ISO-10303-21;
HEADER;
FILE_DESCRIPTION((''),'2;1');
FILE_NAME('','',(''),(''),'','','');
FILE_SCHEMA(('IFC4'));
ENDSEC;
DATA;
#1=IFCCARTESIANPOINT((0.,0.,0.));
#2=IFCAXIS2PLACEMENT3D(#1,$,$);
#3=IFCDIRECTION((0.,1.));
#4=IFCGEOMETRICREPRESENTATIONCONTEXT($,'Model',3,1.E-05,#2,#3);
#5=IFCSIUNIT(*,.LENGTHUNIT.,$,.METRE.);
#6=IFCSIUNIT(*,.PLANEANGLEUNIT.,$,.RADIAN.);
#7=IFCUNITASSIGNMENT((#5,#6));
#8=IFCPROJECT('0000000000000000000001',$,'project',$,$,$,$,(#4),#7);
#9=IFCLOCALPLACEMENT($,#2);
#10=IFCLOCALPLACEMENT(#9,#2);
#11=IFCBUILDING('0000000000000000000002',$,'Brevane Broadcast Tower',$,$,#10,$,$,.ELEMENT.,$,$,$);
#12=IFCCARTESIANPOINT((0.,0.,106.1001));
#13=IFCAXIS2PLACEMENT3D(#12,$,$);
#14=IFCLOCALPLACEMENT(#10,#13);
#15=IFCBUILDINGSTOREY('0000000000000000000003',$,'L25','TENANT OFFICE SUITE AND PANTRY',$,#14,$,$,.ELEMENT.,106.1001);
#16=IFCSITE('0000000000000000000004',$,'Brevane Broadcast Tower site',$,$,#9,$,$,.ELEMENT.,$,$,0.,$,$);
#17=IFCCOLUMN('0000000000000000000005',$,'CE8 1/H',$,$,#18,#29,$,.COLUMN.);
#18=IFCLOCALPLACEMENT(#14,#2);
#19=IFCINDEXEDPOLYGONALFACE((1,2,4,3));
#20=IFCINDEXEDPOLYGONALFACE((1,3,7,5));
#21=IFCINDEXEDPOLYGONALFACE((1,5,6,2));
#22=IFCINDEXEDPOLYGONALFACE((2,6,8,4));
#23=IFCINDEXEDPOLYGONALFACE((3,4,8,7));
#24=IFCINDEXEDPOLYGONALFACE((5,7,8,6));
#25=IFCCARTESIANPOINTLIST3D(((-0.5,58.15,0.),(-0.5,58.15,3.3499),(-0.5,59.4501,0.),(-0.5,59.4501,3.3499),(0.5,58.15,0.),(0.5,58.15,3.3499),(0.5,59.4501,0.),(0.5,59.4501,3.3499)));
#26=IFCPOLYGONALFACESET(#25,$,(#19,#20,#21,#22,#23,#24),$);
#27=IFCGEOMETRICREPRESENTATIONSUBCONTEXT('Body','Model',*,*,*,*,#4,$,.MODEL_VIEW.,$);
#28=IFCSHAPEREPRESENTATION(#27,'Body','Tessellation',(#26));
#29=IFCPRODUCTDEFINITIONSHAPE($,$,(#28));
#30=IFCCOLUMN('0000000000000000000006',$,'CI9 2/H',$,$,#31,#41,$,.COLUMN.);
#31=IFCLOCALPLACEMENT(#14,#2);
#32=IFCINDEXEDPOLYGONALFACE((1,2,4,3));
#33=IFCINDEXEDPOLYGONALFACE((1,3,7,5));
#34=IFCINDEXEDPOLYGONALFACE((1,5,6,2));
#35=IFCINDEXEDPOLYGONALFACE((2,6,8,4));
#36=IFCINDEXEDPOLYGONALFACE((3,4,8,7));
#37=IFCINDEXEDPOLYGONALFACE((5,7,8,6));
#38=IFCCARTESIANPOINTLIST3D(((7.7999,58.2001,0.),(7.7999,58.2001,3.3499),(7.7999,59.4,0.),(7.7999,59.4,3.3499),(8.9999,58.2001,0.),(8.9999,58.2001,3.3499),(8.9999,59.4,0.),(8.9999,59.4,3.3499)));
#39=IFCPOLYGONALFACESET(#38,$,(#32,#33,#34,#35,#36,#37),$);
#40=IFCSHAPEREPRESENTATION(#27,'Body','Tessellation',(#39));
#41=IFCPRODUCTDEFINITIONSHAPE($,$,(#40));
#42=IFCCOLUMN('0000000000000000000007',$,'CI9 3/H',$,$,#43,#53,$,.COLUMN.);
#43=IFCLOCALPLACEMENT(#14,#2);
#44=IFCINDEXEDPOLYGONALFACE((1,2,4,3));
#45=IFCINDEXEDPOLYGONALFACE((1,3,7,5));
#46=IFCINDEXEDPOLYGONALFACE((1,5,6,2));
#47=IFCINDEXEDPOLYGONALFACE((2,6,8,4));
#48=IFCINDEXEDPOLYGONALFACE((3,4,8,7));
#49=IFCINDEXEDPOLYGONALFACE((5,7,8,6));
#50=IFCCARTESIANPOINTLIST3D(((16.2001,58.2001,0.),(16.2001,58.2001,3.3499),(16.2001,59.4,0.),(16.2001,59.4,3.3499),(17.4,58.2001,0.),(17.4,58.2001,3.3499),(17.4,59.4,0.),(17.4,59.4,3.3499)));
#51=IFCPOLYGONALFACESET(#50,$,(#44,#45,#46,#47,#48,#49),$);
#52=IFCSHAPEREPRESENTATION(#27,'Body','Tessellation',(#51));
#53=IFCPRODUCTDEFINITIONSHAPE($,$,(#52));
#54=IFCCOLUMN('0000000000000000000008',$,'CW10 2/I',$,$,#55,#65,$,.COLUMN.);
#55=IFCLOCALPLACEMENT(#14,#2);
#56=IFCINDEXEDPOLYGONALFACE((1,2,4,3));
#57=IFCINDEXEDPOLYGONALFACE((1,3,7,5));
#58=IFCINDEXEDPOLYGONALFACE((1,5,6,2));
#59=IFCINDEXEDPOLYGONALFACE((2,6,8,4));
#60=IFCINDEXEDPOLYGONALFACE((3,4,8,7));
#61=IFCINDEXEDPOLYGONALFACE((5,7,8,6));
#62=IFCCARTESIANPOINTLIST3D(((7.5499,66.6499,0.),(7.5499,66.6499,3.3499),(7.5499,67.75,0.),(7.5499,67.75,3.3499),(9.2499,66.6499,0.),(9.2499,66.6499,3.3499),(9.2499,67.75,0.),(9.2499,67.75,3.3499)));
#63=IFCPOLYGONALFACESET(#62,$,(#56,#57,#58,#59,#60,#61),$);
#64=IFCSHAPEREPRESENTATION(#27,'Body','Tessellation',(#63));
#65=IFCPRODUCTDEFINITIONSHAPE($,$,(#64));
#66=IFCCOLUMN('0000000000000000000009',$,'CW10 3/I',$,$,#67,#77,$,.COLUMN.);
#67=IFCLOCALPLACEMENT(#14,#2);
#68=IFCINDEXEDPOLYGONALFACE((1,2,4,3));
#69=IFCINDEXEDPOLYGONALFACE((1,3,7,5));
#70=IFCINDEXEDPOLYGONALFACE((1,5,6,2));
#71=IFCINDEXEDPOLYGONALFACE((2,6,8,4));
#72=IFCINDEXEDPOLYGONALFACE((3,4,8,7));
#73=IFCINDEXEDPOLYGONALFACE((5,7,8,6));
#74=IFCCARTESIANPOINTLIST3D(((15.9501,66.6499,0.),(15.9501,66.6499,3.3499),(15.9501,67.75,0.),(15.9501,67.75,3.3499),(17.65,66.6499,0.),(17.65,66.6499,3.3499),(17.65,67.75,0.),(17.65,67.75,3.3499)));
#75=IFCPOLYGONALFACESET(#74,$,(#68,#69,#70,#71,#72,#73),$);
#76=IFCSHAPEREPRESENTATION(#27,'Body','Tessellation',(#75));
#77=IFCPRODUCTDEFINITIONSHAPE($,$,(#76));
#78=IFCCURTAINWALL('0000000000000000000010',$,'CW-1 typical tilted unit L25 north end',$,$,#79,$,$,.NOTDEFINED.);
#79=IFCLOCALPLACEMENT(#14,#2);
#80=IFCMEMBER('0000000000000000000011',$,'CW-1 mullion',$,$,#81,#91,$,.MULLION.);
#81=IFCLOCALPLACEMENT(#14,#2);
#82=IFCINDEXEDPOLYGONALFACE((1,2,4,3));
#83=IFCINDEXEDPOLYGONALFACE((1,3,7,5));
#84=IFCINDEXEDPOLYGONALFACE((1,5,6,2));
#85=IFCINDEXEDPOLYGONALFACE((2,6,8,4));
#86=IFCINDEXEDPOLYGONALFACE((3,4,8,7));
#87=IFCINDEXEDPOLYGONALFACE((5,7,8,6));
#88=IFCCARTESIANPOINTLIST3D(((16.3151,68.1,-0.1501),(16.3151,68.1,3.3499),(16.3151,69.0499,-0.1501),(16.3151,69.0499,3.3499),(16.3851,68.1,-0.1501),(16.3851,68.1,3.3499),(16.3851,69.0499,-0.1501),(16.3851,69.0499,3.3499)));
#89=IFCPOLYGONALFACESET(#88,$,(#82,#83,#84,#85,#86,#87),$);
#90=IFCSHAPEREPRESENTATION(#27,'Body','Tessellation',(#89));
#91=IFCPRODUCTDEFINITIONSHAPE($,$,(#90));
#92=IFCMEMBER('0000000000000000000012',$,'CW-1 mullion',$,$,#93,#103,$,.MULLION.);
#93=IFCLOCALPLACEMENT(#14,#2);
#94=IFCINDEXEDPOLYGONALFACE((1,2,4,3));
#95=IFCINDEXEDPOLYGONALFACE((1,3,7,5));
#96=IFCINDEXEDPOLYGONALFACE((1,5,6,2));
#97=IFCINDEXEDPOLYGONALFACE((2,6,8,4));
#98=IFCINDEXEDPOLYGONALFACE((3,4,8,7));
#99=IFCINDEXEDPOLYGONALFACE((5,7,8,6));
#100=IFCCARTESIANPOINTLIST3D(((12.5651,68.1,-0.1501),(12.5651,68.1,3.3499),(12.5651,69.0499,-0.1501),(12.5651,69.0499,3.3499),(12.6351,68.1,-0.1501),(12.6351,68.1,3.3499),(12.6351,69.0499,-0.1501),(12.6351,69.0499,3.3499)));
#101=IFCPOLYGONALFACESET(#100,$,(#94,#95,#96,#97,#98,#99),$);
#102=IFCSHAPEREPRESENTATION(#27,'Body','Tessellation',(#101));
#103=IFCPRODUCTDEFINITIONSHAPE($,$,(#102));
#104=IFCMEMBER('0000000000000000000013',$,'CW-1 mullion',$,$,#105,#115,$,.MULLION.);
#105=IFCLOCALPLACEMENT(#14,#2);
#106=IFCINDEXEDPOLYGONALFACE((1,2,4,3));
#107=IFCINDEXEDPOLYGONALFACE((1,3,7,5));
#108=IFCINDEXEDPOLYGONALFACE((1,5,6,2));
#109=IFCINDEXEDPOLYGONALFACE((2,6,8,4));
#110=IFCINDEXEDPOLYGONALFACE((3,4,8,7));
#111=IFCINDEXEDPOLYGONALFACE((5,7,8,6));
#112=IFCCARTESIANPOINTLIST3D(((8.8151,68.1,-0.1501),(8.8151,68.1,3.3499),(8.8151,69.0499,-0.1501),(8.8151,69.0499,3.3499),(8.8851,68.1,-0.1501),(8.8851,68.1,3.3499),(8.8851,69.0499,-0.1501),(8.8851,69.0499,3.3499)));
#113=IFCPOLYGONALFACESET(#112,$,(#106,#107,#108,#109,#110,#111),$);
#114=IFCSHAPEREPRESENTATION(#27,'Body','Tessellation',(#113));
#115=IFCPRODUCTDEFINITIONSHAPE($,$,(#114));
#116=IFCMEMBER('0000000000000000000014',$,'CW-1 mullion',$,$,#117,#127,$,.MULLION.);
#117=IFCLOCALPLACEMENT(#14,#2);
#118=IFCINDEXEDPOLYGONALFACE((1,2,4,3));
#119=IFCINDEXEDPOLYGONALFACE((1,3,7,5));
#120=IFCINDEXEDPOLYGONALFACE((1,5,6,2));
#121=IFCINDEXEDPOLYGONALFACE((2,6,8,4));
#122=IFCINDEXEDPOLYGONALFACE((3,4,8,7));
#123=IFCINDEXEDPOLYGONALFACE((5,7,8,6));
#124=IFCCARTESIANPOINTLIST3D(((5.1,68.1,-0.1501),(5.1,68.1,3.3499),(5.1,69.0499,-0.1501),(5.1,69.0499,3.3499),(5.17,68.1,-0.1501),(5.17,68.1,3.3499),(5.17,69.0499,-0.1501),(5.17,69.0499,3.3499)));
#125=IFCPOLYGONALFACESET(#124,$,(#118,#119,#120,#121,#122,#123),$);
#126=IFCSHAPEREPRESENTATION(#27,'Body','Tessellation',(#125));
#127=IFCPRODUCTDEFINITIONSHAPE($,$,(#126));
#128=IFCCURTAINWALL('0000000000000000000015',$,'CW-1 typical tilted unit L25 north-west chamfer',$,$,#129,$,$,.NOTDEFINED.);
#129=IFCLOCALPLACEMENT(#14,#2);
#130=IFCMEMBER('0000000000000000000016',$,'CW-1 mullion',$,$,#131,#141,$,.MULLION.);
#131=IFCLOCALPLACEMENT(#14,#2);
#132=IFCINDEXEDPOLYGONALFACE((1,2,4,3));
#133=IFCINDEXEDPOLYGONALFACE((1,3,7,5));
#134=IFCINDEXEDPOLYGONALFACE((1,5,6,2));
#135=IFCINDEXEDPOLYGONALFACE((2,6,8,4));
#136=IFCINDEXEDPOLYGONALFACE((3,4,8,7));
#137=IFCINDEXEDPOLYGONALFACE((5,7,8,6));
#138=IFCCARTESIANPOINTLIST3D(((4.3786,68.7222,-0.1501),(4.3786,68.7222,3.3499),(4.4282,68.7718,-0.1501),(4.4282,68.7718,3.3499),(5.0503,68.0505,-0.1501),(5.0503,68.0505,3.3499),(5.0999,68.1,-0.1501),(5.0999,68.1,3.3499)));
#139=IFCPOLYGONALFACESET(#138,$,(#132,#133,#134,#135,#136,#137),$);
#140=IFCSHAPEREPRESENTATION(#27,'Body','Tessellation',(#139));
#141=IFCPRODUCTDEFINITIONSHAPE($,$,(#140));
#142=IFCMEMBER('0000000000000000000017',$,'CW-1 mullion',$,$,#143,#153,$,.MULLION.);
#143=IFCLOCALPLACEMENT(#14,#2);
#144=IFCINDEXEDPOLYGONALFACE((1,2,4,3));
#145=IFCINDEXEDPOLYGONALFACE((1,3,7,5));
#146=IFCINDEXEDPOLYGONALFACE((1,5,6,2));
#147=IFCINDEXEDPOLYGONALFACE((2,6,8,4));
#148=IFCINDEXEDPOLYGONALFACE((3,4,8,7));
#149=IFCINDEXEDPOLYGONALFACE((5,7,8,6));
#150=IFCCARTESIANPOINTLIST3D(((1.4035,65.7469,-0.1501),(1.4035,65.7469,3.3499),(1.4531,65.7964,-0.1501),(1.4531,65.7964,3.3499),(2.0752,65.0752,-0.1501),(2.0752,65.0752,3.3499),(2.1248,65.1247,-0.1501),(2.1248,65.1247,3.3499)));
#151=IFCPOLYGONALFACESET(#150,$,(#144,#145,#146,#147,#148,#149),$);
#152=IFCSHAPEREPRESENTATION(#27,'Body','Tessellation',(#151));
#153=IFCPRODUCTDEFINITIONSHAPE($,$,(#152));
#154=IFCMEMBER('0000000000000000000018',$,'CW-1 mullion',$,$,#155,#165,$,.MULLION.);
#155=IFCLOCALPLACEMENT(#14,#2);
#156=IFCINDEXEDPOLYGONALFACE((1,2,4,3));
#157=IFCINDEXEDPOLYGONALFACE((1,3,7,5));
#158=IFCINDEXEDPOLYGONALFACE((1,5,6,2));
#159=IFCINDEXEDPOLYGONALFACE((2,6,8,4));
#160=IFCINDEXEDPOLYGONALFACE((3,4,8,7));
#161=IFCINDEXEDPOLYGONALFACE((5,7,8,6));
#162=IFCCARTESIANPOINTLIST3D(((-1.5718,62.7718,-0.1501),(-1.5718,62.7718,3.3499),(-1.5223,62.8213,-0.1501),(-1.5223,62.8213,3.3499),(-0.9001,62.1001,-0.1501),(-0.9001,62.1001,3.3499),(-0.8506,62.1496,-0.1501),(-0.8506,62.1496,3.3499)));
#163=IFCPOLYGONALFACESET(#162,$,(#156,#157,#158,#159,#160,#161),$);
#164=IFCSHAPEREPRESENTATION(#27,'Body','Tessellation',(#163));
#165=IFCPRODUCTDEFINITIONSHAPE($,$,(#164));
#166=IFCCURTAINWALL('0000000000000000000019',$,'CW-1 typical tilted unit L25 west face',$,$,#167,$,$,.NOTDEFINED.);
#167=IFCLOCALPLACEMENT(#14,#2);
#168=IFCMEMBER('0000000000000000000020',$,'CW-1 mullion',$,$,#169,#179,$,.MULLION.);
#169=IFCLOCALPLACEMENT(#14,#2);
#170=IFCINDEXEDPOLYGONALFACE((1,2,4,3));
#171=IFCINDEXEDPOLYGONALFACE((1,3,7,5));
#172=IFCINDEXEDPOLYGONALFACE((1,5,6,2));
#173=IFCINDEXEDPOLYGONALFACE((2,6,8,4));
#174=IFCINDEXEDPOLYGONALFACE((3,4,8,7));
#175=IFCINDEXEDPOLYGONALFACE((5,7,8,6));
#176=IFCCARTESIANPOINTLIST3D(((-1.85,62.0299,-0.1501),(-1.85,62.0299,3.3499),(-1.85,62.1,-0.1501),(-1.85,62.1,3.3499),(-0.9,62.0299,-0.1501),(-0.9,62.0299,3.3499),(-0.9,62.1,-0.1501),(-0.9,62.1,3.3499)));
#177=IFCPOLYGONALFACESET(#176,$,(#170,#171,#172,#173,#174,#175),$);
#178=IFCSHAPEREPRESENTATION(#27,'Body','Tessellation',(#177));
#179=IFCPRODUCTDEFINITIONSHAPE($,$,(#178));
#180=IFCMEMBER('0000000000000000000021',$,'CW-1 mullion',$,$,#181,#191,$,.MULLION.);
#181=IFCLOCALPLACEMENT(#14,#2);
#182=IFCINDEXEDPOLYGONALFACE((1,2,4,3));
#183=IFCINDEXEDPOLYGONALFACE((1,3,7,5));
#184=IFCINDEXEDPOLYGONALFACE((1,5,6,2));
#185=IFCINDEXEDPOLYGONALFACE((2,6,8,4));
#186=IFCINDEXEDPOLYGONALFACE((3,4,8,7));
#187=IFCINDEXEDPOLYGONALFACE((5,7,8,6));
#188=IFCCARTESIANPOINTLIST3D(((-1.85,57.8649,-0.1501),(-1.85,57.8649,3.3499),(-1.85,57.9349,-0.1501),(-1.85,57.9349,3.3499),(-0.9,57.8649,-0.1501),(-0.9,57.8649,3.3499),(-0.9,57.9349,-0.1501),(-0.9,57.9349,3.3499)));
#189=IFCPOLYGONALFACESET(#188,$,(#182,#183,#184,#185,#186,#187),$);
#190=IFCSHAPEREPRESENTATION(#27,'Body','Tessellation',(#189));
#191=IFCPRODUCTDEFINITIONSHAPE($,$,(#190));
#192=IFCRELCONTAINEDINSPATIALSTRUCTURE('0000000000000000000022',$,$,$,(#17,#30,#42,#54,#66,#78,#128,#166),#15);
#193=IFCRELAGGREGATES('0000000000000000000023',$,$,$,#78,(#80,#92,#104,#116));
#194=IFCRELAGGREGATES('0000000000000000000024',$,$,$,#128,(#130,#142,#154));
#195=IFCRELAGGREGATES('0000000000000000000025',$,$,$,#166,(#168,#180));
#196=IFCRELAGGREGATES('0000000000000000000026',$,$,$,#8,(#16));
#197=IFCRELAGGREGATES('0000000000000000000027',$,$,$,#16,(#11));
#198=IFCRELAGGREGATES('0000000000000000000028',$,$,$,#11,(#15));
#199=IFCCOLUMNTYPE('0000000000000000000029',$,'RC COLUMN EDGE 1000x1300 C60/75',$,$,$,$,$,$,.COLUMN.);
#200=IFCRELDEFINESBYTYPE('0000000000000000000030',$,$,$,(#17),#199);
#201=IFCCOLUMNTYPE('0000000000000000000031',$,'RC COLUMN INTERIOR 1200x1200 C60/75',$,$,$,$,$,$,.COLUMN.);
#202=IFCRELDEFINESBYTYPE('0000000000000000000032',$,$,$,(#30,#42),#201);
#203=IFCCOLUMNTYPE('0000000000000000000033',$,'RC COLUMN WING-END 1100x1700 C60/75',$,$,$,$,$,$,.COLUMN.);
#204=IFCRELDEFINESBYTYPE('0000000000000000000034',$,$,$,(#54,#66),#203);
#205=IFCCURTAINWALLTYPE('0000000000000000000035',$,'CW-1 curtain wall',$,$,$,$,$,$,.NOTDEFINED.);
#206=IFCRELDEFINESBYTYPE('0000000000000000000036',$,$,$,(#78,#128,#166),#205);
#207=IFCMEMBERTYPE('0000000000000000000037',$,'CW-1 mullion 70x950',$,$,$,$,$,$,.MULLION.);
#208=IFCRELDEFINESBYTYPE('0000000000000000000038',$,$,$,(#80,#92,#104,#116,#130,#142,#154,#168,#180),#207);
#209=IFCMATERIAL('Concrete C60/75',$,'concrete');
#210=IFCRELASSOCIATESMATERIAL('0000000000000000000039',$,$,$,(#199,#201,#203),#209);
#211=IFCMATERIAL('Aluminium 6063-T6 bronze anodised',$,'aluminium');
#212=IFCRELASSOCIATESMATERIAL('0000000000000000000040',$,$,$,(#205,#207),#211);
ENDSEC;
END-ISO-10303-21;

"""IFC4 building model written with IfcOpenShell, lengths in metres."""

from ifc_helpers import new_model, si_unit, direction, frame, origin, origin_2d, place, context, subcontext, project, spatial, rectangle, extrude, material, material_profile, profile_set, type_object, element, aggregate, save


model = new_model("IFC4")

# Units and contexts
model_context = context("Model", 3, precision=1e-05, world=origin(), true_north=direction((0.0, 1.0)))
body_context = subcontext(model_context, "Body", "Model", "MODEL_VIEW")
ifc_project = project(units=[si_unit("LENGTHUNIT", "METRE"), si_unit("PLANEANGLEUNIT", "RADIAN")], contexts=[model_context])

# Site, building, storey
site_placement = place(None, origin())
site = spatial("IfcSite", under=ifc_project, at=site_placement, Name="Brevane Broadcast Tower site", CompositionType="ELEMENT", RefElevation=0.0)
building_placement = place(site_placement, origin())
building = spatial("IfcBuilding", under=site, at=building_placement, Name="Brevane Broadcast Tower", CompositionType="ELEMENT")
storey_placement = place(building_placement, frame((0.0, 0.0, 106.1001)))
storey = spatial("IfcBuildingStorey", under=building, at=storey_placement, Name="L25", Description="TENANT OFFICE SUITE AND PANTRY", CompositionType="ELEMENT", Elevation=106.1001)

# Columns
ifc_material_1 = material(Name="Concrete C60/75", Category="concrete")
ifc_material_profile_1 = material_profile(ifc_material_1, rectangle(XDim=1.0, YDim=1.3, at=origin_2d()), Name="RC 1000x1300")
ifc_profile_set_1 = profile_set([ifc_material_profile_1], Name="Concrete C60/75")
column_type_1 = type_object("IfcColumnType", Name="RC COLUMN EDGE 1000x1300 C60/75", PredefinedType="COLUMN", material=ifc_profile_set_1)
column_placement = place(storey_placement, frame((0.0, 58.8, 0.0), z_axis=(0.0, 0.0, 1.0), x_axis=(1.0, 0.0, 0.0)))
element("IfcColumn", 1, at=column_placement, inside=storey, type_object=column_type_1, Name="CE8 1/H", PredefinedType="COLUMN", context=body_context, shape_type="SweptSolid", body=[
    extrude(rectangle(XDim=1.0, YDim=1.3, at=origin_2d()), origin(), (0.0, 0.0, 1.0), 3.3499),
])
ifc_material_profile_2 = material_profile(ifc_material_1, rectangle(XDim=1.2, YDim=1.2, at=origin_2d()), Name="RC 1200x1200")
ifc_profile_set_2 = profile_set([ifc_material_profile_2], Name="Concrete C60/75")
column_type_2 = type_object("IfcColumnType", Name="RC COLUMN INTERIOR 1200x1200 C60/75", PredefinedType="COLUMN", material=ifc_profile_set_2)
for number, where, z_axis, x_axis, name in (
    (2, (8.3999, 58.8, 0.0), (0.0, 0.0, 1.0), (1.0, 0.0, 0.0), "CI9 2/H"),
    (3, (16.8, 58.8, 0.0), (0.0, 0.0, 1.0), (1.0, 0.0, 0.0), "CI9 3/H"),
):
    element("IfcColumn", number, at=place(storey_placement, frame(where, z_axis=z_axis, x_axis=x_axis)), inside=storey, type_object=column_type_2, Name=name, PredefinedType="COLUMN", context=body_context, shape_type="SweptSolid", body=[
        extrude(rectangle(XDim=1.2, YDim=1.2, at=origin_2d()), origin(), (0.0, 0.0, 1.0), 3.3499),
    ])
ifc_material_profile_3 = material_profile(ifc_material_1, rectangle(XDim=1.1001, YDim=1.7, at=origin_2d()), Name="RC 1100x1700")
ifc_profile_set_3 = profile_set([ifc_material_profile_3], Name="Concrete C60/75")
column_type_3 = type_object("IfcColumnType", Name="RC COLUMN WING-END 1100x1700 C60/75", PredefinedType="COLUMN", material=ifc_profile_set_3)
for number, where, z_axis, x_axis, name in (
    (4, (8.3999, 67.2, 0.0), (0.0, 0.0, 1.0), (0.0, 1.0, 0.0), "CW10 2/I"),
    (5, (16.8, 67.2, 0.0), (0.0, 0.0, 1.0), (0.0, 1.0, 0.0), "CW10 3/I"),
):
    element("IfcColumn", number, at=place(storey_placement, frame(where, z_axis=z_axis, x_axis=x_axis)), inside=storey, type_object=column_type_3, Name=name, PredefinedType="COLUMN", context=body_context, shape_type="SweptSolid", body=[
        extrude(rectangle(XDim=1.1001, YDim=1.7, at=origin_2d()), origin(), (0.0, 0.0, 1.0), 3.3499),
    ])

# Curtain walls, members
ifc_material_2 = material(Name="Aluminium 6063-T6 bronze anodised", Category="aluminium")
curtain_wall_type = type_object("IfcCurtainWallType", Name="CW-1 curtain wall", PredefinedType="NOTDEFINED", material=ifc_material_2)
curtain_wall_1_placement = place(storey_placement, origin())
curtain_wall_1 = element("IfcCurtainWall", 6, at=curtain_wall_1_placement, inside=storey, type_object=curtain_wall_type, Name="CW-1 typical tilted unit L25 north end", PredefinedType="NOTDEFINED")
ifc_material_profile_4 = material_profile(ifc_material_2, rectangle(XDim=0.95, YDim=0.0701, at=origin_2d()), Name="RECT 70x950")
ifc_profile_set_4 = profile_set([ifc_material_profile_4], Name="Aluminium 6063-T6 bronze anodised")
member_type_1 = type_object("IfcMemberType", Name="CW-1 mullion 70x950", PredefinedType="MULLION", material=ifc_profile_set_4)
member_1_placement = place(storey_placement, frame((16.3501, 68.575, -0.1501), z_axis=(0.0, 0.0, 1.0), x_axis=(0.0, -1.0, 0.0)))
member_1 = element("IfcMember", 7, at=member_1_placement, type_object=member_type_1, Name="CW-1 mullion", PredefinedType="MULLION", context=body_context, shape_type="SweptSolid", body=[
    extrude(rectangle(XDim=0.95, YDim=0.0701, at=origin_2d()), origin(), (0.0, 0.0, 1.0), 3.5),
])
member_2_placement = place(storey_placement, frame((12.6001, 68.575, -0.1501), z_axis=(0.0, 0.0, 1.0), x_axis=(0.0, -1.0, 0.0)))
member_2 = element("IfcMember", 8, at=member_2_placement, type_object=member_type_1, Name="CW-1 mullion", PredefinedType="MULLION", context=body_context, shape_type="SweptSolid", body=[
    extrude(rectangle(XDim=0.95, YDim=0.0701, at=origin_2d()), origin(), (0.0, 0.0, 1.0), 3.5),
])
member_3_placement = place(storey_placement, frame((8.8501, 68.575, -0.1501), z_axis=(0.0, 0.0, 1.0), x_axis=(0.0, -1.0, 0.0)))
member_3 = element("IfcMember", 9, at=member_3_placement, type_object=member_type_1, Name="CW-1 mullion", PredefinedType="MULLION", context=body_context, shape_type="SweptSolid", body=[
    extrude(rectangle(XDim=0.95, YDim=0.0701, at=origin_2d()), origin(), (0.0, 0.0, 1.0), 3.5),
])
member_4_placement = place(storey_placement, frame((5.135, 68.575, -0.1501), z_axis=(0.0, 0.0, 1.0), x_axis=(0.0, -1.0, 0.0)))
member_4 = element("IfcMember", 10, at=member_4_placement, type_object=member_type_1, Name="CW-1 mullion", PredefinedType="MULLION", context=body_context, shape_type="SweptSolid", body=[
    extrude(rectangle(XDim=0.95, YDim=0.0701, at=origin_2d()), origin(), (0.0, 0.0, 1.0), 3.5),
])
aggregate(curtain_wall_1, [member_1, member_2, member_3, member_4])
curtain_wall_2_placement = place(storey_placement, origin())
curtain_wall_2 = element("IfcCurtainWall", 11, at=curtain_wall_2_placement, inside=storey, type_object=curtain_wall_type, Name="CW-1 typical tilted unit L25 north-west chamfer", PredefinedType="NOTDEFINED")
member_5_placement = place(storey_placement, frame((4.7393, 68.4111, -0.1501), z_axis=(0.0, 0.0, 1.0), x_axis=(0.707107, -0.707107, 0.0)))
member_5 = element("IfcMember", 12, at=member_5_placement, type_object=member_type_1, Name="CW-1 mullion", PredefinedType="MULLION", context=body_context, shape_type="SweptSolid", body=[
    extrude(rectangle(XDim=0.95, YDim=0.0701, at=origin_2d()), origin(), (0.0, 0.0, 1.0), 3.5),
])
member_6_placement = place(storey_placement, frame((1.7642, 65.4358, -0.1501), z_axis=(0.0, 0.0, 1.0), x_axis=(0.707107, -0.707107, 0.0)))
member_6 = element("IfcMember", 13, at=member_6_placement, type_object=member_type_1, Name="CW-1 mullion", PredefinedType="MULLION", context=body_context, shape_type="SweptSolid", body=[
    extrude(rectangle(XDim=0.95, YDim=0.0701, at=origin_2d()), origin(), (0.0, 0.0, 1.0), 3.5),
])
member_7_placement = place(storey_placement, frame((-1.2112, 62.4607, -0.1501), z_axis=(0.0, 0.0, 1.0), x_axis=(0.707107, -0.707107, 0.0)))
member_7 = element("IfcMember", 14, at=member_7_placement, type_object=member_type_1, Name="CW-1 mullion", PredefinedType="MULLION", context=body_context, shape_type="SweptSolid", body=[
    extrude(rectangle(XDim=0.95, YDim=0.0701, at=origin_2d()), origin(), (0.0, 0.0, 1.0), 3.5),
])
curtain_wall_3_placement = place(storey_placement, origin())
curtain_wall_3 = element("IfcCurtainWall", 15, at=curtain_wall_3_placement, inside=storey, type_object=curtain_wall_type, Name="CW-1 typical tilted unit L25 west face", PredefinedType="NOTDEFINED")
member_8_placement = place(storey_placement, frame((-1.375, 62.0649, -0.1501), z_axis=(0.0, 0.0, 1.0), x_axis=(1.0, 0.0, 0.0)))
member_8 = element("IfcMember", 16, at=member_8_placement, type_object=member_type_1, Name="CW-1 mullion", PredefinedType="MULLION", context=body_context, shape_type="SweptSolid", body=[
    extrude(rectangle(XDim=0.95, YDim=0.0701, at=origin_2d()), origin(), (0.0, 0.0, 1.0), 3.5),
])
member_9_placement = place(storey_placement, frame((-1.375, 57.8999, -0.1501), z_axis=(0.0, 0.0, 1.0), x_axis=(1.0, 0.0, 0.0)))
member_9 = element("IfcMember", 17, at=member_9_placement, type_object=member_type_1, Name="CW-1 mullion", PredefinedType="MULLION", context=body_context, shape_type="SweptSolid", body=[
    extrude(rectangle(XDim=0.95, YDim=0.0701, at=origin_2d()), origin(), (0.0, 0.0, 1.0), 3.5),
])

aggregate(curtain_wall_2, [member_5, member_6, member_7])
aggregate(curtain_wall_3, [member_8, member_9])

save(model, "model.ifc")
